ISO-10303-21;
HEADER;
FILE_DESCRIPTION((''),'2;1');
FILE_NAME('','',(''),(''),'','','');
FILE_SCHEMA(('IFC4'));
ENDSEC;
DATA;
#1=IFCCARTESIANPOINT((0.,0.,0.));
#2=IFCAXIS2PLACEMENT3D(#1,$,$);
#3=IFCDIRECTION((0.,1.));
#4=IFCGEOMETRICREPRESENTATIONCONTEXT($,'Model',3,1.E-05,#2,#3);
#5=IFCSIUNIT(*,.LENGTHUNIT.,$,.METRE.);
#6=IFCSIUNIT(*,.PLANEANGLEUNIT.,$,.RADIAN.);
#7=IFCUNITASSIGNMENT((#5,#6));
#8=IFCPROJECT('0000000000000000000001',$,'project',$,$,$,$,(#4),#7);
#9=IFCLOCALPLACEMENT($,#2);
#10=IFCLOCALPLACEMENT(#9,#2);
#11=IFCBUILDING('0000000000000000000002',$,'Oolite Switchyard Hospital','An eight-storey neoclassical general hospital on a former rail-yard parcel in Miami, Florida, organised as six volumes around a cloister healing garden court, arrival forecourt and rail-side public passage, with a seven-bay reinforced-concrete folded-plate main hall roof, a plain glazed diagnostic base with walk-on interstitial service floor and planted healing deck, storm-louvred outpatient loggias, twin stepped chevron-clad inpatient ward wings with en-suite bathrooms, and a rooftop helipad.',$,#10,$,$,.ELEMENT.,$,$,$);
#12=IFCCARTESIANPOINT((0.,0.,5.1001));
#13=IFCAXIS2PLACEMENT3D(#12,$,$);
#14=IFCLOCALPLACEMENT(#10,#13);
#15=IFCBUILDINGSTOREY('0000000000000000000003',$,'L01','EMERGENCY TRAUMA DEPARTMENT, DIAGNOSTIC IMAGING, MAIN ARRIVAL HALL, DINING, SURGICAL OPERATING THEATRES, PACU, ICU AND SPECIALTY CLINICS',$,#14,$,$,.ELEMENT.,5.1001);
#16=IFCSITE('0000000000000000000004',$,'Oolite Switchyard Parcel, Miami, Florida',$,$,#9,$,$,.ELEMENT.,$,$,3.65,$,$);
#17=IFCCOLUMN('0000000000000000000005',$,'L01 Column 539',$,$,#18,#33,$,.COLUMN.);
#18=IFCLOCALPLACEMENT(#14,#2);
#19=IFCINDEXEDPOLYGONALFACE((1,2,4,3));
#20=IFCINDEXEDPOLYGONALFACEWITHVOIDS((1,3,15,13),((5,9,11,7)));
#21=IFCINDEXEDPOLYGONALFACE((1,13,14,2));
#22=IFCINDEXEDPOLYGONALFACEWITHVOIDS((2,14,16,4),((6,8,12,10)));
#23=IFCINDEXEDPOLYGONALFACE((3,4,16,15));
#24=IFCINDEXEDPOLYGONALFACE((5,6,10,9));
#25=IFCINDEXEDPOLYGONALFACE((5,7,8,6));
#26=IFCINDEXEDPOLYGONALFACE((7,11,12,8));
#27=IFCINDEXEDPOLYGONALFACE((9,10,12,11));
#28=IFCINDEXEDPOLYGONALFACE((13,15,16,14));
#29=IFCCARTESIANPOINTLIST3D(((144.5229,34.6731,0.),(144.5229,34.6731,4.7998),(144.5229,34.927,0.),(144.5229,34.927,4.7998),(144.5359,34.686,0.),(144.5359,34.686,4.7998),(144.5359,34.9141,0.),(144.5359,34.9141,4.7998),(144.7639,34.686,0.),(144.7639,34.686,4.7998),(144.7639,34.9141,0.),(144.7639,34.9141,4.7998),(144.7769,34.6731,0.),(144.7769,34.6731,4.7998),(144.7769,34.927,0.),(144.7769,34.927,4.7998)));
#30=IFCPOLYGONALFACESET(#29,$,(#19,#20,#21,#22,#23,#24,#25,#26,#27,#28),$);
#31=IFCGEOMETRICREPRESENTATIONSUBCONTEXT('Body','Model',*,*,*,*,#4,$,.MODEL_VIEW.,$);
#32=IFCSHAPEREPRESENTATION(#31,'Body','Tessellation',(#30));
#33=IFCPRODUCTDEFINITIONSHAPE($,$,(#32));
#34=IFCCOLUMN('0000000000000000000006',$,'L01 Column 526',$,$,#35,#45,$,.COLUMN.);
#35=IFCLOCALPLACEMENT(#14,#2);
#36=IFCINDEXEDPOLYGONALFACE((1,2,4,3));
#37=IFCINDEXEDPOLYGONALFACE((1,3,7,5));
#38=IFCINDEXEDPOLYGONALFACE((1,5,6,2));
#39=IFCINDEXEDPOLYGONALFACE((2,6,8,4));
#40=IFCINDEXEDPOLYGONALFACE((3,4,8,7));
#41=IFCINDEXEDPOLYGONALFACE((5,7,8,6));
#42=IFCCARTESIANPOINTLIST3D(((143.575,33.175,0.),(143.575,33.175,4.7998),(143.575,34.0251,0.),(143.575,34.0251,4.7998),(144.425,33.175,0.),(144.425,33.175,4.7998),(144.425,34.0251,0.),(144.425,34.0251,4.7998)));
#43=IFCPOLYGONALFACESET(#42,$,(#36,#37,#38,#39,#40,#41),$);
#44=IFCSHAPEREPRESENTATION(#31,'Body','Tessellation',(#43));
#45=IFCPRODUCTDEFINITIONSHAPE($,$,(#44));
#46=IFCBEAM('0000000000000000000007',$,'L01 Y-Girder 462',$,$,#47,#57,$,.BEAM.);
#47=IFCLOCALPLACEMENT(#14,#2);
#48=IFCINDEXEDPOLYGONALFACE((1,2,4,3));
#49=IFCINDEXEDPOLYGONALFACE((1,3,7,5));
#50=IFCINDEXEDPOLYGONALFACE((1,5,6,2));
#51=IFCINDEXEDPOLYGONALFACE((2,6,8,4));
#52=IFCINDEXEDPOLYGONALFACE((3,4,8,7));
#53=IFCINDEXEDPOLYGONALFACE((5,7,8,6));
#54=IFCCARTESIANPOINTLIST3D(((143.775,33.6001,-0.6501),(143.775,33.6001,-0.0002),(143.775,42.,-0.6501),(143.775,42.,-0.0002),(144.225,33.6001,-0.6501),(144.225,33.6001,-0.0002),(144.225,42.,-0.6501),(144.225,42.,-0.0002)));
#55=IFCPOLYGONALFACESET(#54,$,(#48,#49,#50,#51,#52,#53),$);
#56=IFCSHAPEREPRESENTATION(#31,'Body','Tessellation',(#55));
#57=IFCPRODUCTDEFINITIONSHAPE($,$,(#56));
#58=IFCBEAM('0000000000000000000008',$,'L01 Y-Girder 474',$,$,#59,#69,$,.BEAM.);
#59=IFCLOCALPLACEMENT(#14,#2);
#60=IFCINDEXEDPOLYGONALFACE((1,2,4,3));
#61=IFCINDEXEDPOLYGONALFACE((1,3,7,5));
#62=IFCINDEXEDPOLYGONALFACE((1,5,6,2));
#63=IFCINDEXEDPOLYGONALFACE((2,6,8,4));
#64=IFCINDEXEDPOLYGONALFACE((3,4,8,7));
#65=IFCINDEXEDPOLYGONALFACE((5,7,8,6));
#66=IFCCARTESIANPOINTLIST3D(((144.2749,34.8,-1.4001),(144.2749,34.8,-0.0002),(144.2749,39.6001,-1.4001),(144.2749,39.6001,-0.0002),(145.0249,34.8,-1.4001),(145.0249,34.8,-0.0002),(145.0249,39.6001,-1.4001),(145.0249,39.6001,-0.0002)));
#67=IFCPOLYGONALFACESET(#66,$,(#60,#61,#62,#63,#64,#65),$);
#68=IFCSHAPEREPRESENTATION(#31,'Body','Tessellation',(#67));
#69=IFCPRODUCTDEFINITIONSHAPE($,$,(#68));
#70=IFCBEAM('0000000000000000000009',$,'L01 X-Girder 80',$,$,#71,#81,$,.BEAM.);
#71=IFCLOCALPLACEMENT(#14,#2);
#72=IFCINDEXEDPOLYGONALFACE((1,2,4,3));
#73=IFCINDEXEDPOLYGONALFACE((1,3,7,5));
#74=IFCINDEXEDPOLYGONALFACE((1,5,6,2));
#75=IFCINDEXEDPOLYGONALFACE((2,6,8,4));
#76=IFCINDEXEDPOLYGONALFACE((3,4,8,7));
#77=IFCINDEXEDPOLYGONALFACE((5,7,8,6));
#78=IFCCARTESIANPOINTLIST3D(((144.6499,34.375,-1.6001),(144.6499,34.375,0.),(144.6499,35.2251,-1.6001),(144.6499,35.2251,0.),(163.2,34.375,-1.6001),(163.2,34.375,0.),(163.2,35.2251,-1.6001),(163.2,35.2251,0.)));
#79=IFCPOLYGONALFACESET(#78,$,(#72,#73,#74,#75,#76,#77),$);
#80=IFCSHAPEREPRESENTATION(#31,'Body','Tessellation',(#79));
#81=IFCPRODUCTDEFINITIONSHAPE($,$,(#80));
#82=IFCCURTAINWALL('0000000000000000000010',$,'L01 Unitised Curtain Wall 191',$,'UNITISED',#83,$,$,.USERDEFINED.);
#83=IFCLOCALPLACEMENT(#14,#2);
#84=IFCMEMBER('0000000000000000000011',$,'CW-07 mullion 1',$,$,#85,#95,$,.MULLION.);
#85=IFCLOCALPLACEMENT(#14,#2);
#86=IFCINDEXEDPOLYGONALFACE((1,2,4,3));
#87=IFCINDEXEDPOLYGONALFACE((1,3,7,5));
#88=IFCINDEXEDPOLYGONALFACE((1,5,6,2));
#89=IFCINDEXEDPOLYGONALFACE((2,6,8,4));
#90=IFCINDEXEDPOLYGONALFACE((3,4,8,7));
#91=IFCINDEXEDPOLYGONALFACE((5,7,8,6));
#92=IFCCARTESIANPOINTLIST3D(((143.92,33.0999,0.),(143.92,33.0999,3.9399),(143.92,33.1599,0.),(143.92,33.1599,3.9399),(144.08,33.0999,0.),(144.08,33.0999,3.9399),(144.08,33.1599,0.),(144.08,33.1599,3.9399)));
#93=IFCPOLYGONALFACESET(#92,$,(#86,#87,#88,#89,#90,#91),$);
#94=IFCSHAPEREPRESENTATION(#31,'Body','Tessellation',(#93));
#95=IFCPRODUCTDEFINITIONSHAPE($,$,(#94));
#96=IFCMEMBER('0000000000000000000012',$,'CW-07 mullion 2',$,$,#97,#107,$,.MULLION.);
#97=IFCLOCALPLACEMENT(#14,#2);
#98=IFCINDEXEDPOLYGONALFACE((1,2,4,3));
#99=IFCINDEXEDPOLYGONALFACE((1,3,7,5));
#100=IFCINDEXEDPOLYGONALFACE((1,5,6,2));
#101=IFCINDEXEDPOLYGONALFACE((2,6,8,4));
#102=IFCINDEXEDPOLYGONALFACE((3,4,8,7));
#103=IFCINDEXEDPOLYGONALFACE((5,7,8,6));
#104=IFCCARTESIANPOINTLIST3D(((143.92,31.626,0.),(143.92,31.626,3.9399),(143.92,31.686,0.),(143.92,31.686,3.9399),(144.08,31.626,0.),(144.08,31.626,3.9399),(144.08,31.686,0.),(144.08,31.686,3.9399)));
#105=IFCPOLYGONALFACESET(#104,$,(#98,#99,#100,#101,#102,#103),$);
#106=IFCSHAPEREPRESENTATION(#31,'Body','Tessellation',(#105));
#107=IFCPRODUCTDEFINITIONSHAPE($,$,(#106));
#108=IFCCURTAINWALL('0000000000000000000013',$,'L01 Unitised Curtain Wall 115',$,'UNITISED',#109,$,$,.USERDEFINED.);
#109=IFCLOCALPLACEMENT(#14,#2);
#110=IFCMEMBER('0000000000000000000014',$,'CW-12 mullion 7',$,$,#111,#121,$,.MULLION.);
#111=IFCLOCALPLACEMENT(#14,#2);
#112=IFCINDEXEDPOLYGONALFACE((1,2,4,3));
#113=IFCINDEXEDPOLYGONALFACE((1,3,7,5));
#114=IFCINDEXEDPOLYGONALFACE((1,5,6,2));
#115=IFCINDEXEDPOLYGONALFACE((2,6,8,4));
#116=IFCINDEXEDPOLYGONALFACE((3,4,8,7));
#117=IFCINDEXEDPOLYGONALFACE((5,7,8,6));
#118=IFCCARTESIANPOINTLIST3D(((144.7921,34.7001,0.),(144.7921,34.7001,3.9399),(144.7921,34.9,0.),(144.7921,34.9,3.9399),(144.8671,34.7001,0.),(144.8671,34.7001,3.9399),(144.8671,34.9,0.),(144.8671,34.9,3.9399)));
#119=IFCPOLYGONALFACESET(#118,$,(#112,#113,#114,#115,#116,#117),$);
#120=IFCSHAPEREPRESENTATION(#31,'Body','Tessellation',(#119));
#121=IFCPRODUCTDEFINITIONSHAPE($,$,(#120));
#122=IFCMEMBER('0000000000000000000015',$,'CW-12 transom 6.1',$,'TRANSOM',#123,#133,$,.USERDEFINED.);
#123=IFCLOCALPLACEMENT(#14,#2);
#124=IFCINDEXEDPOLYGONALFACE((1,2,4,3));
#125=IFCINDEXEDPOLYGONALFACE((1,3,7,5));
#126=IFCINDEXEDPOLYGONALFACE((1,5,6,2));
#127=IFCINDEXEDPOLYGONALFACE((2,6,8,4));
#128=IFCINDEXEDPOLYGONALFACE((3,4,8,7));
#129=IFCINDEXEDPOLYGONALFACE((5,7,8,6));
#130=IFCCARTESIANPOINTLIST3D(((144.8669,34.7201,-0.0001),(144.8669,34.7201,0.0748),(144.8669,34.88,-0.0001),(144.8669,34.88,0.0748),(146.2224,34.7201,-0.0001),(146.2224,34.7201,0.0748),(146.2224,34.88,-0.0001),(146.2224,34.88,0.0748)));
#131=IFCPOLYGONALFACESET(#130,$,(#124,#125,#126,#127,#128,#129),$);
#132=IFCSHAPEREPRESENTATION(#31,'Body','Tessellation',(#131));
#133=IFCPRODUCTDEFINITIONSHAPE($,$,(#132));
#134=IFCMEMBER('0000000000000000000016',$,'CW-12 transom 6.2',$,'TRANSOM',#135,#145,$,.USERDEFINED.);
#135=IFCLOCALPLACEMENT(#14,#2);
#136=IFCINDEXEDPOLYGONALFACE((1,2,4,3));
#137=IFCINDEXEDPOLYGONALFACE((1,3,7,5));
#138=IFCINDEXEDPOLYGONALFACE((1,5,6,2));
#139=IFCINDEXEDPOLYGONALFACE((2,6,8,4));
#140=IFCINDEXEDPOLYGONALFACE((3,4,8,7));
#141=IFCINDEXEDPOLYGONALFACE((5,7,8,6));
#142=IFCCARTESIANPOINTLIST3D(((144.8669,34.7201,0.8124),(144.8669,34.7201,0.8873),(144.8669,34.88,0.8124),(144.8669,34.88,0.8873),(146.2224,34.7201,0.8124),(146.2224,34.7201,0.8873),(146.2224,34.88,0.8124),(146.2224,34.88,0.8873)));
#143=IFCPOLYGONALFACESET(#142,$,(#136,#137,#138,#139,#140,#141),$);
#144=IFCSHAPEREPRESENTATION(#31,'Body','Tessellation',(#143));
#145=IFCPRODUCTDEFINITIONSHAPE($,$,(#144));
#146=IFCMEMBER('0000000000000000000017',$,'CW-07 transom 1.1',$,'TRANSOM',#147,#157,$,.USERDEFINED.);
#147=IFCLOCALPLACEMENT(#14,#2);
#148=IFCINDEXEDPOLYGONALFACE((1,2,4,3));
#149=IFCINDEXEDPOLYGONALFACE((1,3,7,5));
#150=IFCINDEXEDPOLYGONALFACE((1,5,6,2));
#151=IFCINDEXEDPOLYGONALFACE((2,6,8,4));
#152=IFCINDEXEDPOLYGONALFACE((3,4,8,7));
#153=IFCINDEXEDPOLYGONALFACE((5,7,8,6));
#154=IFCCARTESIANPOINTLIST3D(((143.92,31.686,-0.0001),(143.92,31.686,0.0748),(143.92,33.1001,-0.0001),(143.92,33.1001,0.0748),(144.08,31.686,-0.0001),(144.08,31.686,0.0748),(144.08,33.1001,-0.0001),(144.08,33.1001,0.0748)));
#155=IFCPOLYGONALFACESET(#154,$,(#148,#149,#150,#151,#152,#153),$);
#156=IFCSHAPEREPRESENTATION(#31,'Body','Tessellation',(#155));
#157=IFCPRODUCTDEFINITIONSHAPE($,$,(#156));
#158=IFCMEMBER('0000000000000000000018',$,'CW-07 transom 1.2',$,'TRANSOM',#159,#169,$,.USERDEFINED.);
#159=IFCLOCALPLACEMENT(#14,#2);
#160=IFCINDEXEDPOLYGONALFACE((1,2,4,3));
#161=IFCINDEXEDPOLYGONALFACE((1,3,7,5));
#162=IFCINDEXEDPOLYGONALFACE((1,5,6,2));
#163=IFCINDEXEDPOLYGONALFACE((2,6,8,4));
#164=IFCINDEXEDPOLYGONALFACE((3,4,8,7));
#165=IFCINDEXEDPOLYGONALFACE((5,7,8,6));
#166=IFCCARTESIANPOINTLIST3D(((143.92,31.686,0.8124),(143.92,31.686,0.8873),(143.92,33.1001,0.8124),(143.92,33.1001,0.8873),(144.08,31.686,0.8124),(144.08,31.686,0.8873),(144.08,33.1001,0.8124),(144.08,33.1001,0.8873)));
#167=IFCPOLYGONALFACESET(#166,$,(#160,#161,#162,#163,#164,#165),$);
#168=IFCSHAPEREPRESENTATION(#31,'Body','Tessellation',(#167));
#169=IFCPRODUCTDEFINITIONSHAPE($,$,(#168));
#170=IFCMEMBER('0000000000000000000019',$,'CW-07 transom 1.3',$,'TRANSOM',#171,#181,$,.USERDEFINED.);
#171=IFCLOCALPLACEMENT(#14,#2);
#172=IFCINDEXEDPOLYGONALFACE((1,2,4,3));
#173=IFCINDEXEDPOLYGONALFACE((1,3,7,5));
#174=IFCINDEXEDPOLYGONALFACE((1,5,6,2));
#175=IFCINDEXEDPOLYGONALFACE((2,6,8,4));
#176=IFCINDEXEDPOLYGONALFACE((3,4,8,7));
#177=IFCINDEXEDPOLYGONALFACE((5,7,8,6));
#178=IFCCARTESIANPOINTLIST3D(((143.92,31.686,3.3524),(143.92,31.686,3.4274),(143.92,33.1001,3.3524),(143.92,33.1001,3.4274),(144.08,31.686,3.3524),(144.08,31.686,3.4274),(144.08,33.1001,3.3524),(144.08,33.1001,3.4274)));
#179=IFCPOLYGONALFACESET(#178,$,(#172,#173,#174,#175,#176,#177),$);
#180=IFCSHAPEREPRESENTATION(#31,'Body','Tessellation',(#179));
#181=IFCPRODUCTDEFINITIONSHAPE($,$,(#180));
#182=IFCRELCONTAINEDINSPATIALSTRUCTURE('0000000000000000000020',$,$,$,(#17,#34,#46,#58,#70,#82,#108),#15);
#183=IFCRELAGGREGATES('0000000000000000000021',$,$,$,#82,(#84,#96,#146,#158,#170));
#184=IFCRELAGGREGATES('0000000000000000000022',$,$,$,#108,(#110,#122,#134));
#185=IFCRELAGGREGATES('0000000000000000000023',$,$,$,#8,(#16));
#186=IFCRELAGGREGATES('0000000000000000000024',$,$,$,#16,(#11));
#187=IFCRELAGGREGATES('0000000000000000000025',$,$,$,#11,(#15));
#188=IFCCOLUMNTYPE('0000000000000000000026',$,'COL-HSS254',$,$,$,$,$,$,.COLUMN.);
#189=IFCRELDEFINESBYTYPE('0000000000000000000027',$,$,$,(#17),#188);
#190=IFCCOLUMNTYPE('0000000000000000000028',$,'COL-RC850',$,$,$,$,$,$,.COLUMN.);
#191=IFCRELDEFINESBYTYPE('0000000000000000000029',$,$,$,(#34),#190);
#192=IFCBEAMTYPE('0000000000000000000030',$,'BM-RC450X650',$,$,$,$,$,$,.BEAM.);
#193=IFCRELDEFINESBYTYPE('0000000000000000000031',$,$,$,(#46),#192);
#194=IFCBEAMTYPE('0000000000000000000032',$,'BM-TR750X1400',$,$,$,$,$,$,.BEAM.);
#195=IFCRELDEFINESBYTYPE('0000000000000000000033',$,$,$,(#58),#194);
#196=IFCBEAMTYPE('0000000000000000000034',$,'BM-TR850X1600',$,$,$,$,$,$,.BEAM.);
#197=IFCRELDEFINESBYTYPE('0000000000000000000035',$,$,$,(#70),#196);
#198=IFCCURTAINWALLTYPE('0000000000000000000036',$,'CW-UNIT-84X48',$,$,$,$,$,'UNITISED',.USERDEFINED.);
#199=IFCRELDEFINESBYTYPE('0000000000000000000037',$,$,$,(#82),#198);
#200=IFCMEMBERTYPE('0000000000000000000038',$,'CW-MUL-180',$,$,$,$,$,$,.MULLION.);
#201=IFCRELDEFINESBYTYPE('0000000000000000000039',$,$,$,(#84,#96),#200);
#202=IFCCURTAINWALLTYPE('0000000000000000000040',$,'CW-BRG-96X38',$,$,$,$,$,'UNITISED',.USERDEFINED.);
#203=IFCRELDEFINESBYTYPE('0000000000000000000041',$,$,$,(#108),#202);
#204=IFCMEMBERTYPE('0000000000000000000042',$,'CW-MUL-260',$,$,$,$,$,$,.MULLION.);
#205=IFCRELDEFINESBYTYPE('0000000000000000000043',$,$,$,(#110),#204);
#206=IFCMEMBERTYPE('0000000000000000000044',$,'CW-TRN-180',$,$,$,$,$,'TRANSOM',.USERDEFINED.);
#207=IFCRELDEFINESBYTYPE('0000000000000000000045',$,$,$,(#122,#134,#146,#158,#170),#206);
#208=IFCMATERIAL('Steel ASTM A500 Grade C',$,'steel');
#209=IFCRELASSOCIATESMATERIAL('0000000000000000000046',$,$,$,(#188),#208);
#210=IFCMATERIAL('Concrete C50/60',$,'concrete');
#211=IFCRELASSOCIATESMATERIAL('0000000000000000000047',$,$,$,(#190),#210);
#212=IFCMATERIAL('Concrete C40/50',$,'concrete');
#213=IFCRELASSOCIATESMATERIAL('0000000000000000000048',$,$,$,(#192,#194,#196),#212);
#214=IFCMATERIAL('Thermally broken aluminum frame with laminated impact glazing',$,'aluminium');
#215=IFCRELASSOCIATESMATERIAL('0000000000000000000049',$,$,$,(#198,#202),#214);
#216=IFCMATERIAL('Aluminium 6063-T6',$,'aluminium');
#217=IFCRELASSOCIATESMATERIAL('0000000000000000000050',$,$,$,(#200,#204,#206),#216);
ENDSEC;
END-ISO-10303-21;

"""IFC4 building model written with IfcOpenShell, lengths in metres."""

from ifc_helpers import new_model, si_unit, direction, frame, origin, origin_2d, place, context, subcontext, project, spatial, rectangle, hollow_rectangle, extrude, material, material_profile, profile_set, type_object, element, aggregate, save


model = new_model("IFC4")

# Units and contexts
model_context = context("Model", 3, precision=1e-05, world=origin(), true_north=direction((0.0, 1.0)))
body_context = subcontext(model_context, "Body", "Model", "MODEL_VIEW")
ifc_project = project(units=[si_unit("LENGTHUNIT", "METRE"), si_unit("PLANEANGLEUNIT", "RADIAN")], contexts=[model_context])

# Site, building, storey
site_placement = place(None, origin())
site = spatial("IfcSite", under=ifc_project, at=site_placement, Name="Oolite Switchyard Parcel, Miami, Florida", CompositionType="ELEMENT", RefElevation=3.65)
building_placement = place(site_placement, origin())
building = spatial("IfcBuilding", under=site, at=building_placement, Name="Oolite Switchyard Hospital", Description="An eight-storey neoclassical general hospital on a former rail-yard parcel in Miami, Florida, organised as six volumes around a cloister healing garden court, arrival forecourt and rail-side public passage, with a seven-bay reinforced-concrete folded-plate main hall roof, a plain glazed diagnostic base with walk-on interstitial service floor and planted healing deck, storm-louvred outpatient loggias, twin stepped chevron-clad inpatient ward wings with en-suite bathrooms, and a rooftop helipad.", CompositionType="ELEMENT")
storey_placement = place(building_placement, frame((0.0, 0.0, 5.1001)))
storey = spatial("IfcBuildingStorey", under=building, at=storey_placement, Name="L01", Description="EMERGENCY TRAUMA DEPARTMENT, DIAGNOSTIC IMAGING, MAIN ARRIVAL HALL, DINING, SURGICAL OPERATING THEATRES, PACU, ICU AND SPECIALTY CLINICS", CompositionType="ELEMENT", Elevation=5.1001)

# Columns
ifc_material_1 = material(Name="Steel ASTM A500 Grade C", Category="steel")
ifc_material_profile_1 = material_profile(ifc_material_1, hollow_rectangle(XDim=0.2539, YDim=0.2539, WallThickness=0.0129, at=origin_2d()), Name="HSS254X254X13")
ifc_profile_set_1 = profile_set([ifc_material_profile_1], Name="Steel ASTM A500 Grade C")
column_type_1 = type_object("IfcColumnType", Name="COL-HSS254", PredefinedType="COLUMN", material=ifc_profile_set_1)
column_1_placement = place(storey_placement, frame((144.6499, 34.8, 0.0), z_axis=(0.0, 0.0, 1.0), x_axis=(1.0, 0.0, 0.0)))
element("IfcColumn", 1, at=column_1_placement, inside=storey, type_object=column_type_1, Name="L01 Column 539", PredefinedType="COLUMN", context=body_context, shape_type="SweptSolid", body=[
    extrude(hollow_rectangle(XDim=0.2539, YDim=0.2539, WallThickness=0.0129, at=origin_2d()), origin(), (0.0, 0.0, 1.0), 4.7998),
])
ifc_material_2 = material(Name="Concrete C50/60", Category="concrete")
ifc_material_profile_2 = material_profile(ifc_material_2, rectangle(XDim=0.8501, YDim=0.8501, at=origin_2d()), Name="RC850X850")
ifc_profile_set_2 = profile_set([ifc_material_profile_2], Name="Concrete C50/60")
column_type_2 = type_object("IfcColumnType", Name="COL-RC850", PredefinedType="COLUMN", material=ifc_profile_set_2)
column_2_placement = place(storey_placement, frame((144.0, 33.6001, 0.0), z_axis=(0.0, 0.0, 1.0), x_axis=(1.0, 0.0, 0.0)))
element("IfcColumn", 2, at=column_2_placement, inside=storey, type_object=column_type_2, Name="L01 Column 526", PredefinedType="COLUMN", context=body_context, shape_type="SweptSolid", body=[
    extrude(rectangle(XDim=0.8501, YDim=0.8501, at=origin_2d()), origin(), (0.0, 0.0, 1.0), 4.7998),
])

# Beams
ifc_material_3 = material(Name="Concrete C40/50", Category="concrete")
ifc_material_profile_3 = material_profile(ifc_material_3, rectangle(XDim=0.45, YDim=0.6499, at=origin_2d()), Name="RCB450X650")
ifc_profile_set_3 = profile_set([ifc_material_profile_3], Name="Concrete C40/50")
beam_type_1 = type_object("IfcBeamType", Name="BM-RC450X650", PredefinedType="BEAM", material=ifc_profile_set_3)
beam_1_placement = place(storey_placement, frame((144.0, 33.6001, -0.3252), z_axis=(0.0, 1.0, 0.0), x_axis=(-1.0, 0.0, 0.0)))
element("IfcBeam", 3, at=beam_1_placement, inside=storey, type_object=beam_type_1, Name="L01 Y-Girder 462", PredefinedType="BEAM", context=body_context, shape_type="SweptSolid", body=[
    extrude(rectangle(XDim=0.45, YDim=0.6499, at=origin_2d()), origin(), (0.0, 0.0, 1.0), 8.3999),
])
ifc_material_profile_4 = material_profile(ifc_material_3, rectangle(XDim=0.75, YDim=1.3999, at=origin_2d()), Name="RCT750X1400")
ifc_profile_set_4 = profile_set([ifc_material_profile_4], Name="Concrete C40/50")
beam_type_2 = type_object("IfcBeamType", Name="BM-TR750X1400", PredefinedType="BEAM", material=ifc_profile_set_4)
beam_2_placement = place(storey_placement, frame((144.6499, 34.8, -0.7002), z_axis=(0.0, 1.0, 0.0), x_axis=(-1.0, 0.0, 0.0)))
element("IfcBeam", 4, at=beam_2_placement, inside=storey, type_object=beam_type_2, Name="L01 Y-Girder 474", PredefinedType="BEAM", context=body_context, shape_type="SweptSolid", body=[
    extrude(rectangle(XDim=0.75, YDim=1.3999, at=origin_2d()), origin(), (0.0, 0.0, 1.0), 4.8),
])
ifc_material_profile_5 = material_profile(ifc_material_3, rectangle(XDim=0.8501, YDim=1.6001, at=origin_2d()), Name="RCT850X1600")
ifc_profile_set_5 = profile_set([ifc_material_profile_5], Name="Concrete C40/50")
beam_type_3 = type_object("IfcBeamType", Name="BM-TR850X1600", PredefinedType="BEAM", material=ifc_profile_set_5)
beam_3_placement = place(storey_placement, frame((144.6499, 34.8, -0.8), z_axis=(1.0, 0.0, 0.0), x_axis=(0.0, 1.0, 0.0)))
element("IfcBeam", 5, at=beam_3_placement, inside=storey, type_object=beam_type_3, Name="L01 X-Girder 80", PredefinedType="BEAM", context=body_context, shape_type="SweptSolid", body=[
    extrude(rectangle(XDim=0.8501, YDim=1.6001, at=origin_2d()), origin(), (0.0, 0.0, 1.0), 18.55),
])

# Curtain walls, members
ifc_material_4 = material(Name="Thermally broken aluminum frame with laminated impact glazing", Category="aluminium")
curtain_wall_type_1 = type_object("IfcCurtainWallType", Name="CW-UNIT-84X48", ElementType="UNITISED", PredefinedType="USERDEFINED", material=ifc_material_4)
curtain_wall_1_placement = place(storey_placement, origin())
curtain_wall_1 = element("IfcCurtainWall", 6, at=curtain_wall_1_placement, inside=storey, type_object=curtain_wall_type_1, Name="L01 Unitised Curtain Wall 191", ObjectType="UNITISED", PredefinedType="USERDEFINED")
ifc_material_5 = material(Name="Aluminium 6063-T6", Category="aluminium")
ifc_material_profile_6 = material_profile(ifc_material_5, rectangle(XDim=0.1599, YDim=0.0601, at=origin_2d()), Name="CWM60X160")
ifc_profile_set_6 = profile_set([ifc_material_profile_6], Name="Aluminium 6063-T6")
member_type_1 = type_object("IfcMemberType", Name="CW-MUL-180", PredefinedType="MULLION", material=ifc_profile_set_6)
member_1_placement = place(storey_placement, frame((144.0, 33.1299, 0.0), z_axis=(0.0, 0.0, 1.0), x_axis=(1.0, 0.0, 0.0)))
member_1 = element("IfcMember", 7, at=member_1_placement, type_object=member_type_1, Name="CW-07 mullion 1", PredefinedType="MULLION", context=body_context, shape_type="SweptSolid", body=[
    extrude(rectangle(XDim=0.1599, YDim=0.0601, at=origin_2d()), origin(), (0.0, 0.0, 1.0), 3.9399),
])
member_2_placement = place(storey_placement, frame((144.0, 31.656, 0.0), z_axis=(0.0, 0.0, 1.0), x_axis=(1.0, 0.0, 0.0)))
member_2 = element("IfcMember", 8, at=member_2_placement, type_object=member_type_1, Name="CW-07 mullion 2", PredefinedType="MULLION", context=body_context, shape_type="SweptSolid", body=[
    extrude(rectangle(XDim=0.1599, YDim=0.0601, at=origin_2d()), origin(), (0.0, 0.0, 1.0), 3.9399),
])
curtain_wall_type_2 = type_object("IfcCurtainWallType", Name="CW-BRG-96X38", ElementType="UNITISED", PredefinedType="USERDEFINED", material=ifc_material_4)
curtain_wall_2_placement = place(storey_placement, origin())
curtain_wall_2 = element("IfcCurtainWall", 9, at=curtain_wall_2_placement, inside=storey, type_object=curtain_wall_type_2, Name="L01 Unitised Curtain Wall 115", ObjectType="UNITISED", PredefinedType="USERDEFINED")
ifc_material_profile_7 = material_profile(ifc_material_5, rectangle(XDim=0.2, YDim=0.075, at=origin_2d()), Name="CWM75X200")
ifc_profile_set_7 = profile_set([ifc_material_profile_7], Name="Aluminium 6063-T6")
member_type_2 = type_object("IfcMemberType", Name="CW-MUL-260", PredefinedType="MULLION", material=ifc_profile_set_7)
member_3_placement = place(storey_placement, frame((144.8296, 34.8, 0.0), z_axis=(0.0, 0.0, 1.0), x_axis=(0.0, -1.0, 0.0)))
member_3 = element("IfcMember", 10, at=member_3_placement, type_object=member_type_2, Name="CW-12 mullion 7", PredefinedType="MULLION", context=body_context, shape_type="SweptSolid", body=[
    extrude(rectangle(XDim=0.2, YDim=0.075, at=origin_2d()), origin(), (0.0, 0.0, 1.0), 3.9399),
])
ifc_material_profile_8 = material_profile(ifc_material_5, rectangle(XDim=0.1599, YDim=0.075, at=origin_2d()), Name="CWT75X160")
ifc_profile_set_8 = profile_set([ifc_material_profile_8], Name="Aluminium 6063-T6")
member_type_3 = type_object("IfcMemberType", Name="CW-TRN-180", ElementType="TRANSOM", PredefinedType="USERDEFINED", material=ifc_profile_set_8)
member_4_placement = place(storey_placement, frame((146.2224, 34.8, 0.0374), z_axis=(-1.0, 0.0, 0.0), x_axis=(0.0, -1.0, 0.0)))
member_4 = element("IfcMember", 11, at=member_4_placement, type_object=member_type_3, Name="CW-12 transom 6.1", ObjectType="TRANSOM", PredefinedType="USERDEFINED", context=body_context, shape_type="SweptSolid", body=[
    extrude(rectangle(XDim=0.1599, YDim=0.075, at=origin_2d()), origin(), (0.0, 0.0, 1.0), 1.3555),
])
member_5_placement = place(storey_placement, frame((146.2224, 34.8, 0.8499), z_axis=(-1.0, 0.0, 0.0), x_axis=(0.0, -1.0, 0.0)))
member_5 = element("IfcMember", 12, at=member_5_placement, type_object=member_type_3, Name="CW-12 transom 6.2", ObjectType="TRANSOM", PredefinedType="USERDEFINED", context=body_context, shape_type="SweptSolid", body=[
    extrude(rectangle(XDim=0.1599, YDim=0.075, at=origin_2d()), origin(), (0.0, 0.0, 1.0), 1.3555),
])

# Members
member_6_placement = place(storey_placement, frame((144.0, 33.1001, 0.0374), z_axis=(0.0, -1.0, 0.0), x_axis=(1.0, 0.0, 0.0)))
member_6 = element("IfcMember", 13, at=member_6_placement, type_object=member_type_3, Name="CW-07 transom 1.1", ObjectType="TRANSOM", PredefinedType="USERDEFINED", context=body_context, shape_type="SweptSolid", body=[
    extrude(rectangle(XDim=0.1599, YDim=0.075, at=origin_2d()), origin(), (0.0, 0.0, 1.0), 1.4141),
])
member_7_placement = place(storey_placement, frame((144.0, 33.1001, 0.8499), z_axis=(0.0, -1.0, 0.0), x_axis=(1.0, 0.0, 0.0)))
member_7 = element("IfcMember", 14, at=member_7_placement, type_object=member_type_3, Name="CW-07 transom 1.2", ObjectType="TRANSOM", PredefinedType="USERDEFINED", context=body_context, shape_type="SweptSolid", body=[
    extrude(rectangle(XDim=0.1599, YDim=0.075, at=origin_2d()), origin(), (0.0, 0.0, 1.0), 1.4141),
])
member_8_placement = place(storey_placement, frame((144.0, 33.1001, 3.3899), z_axis=(0.0, -1.0, 0.0), x_axis=(1.0, 0.0, 0.0)))
member_8 = element("IfcMember", 15, at=member_8_placement, type_object=member_type_3, Name="CW-07 transom 1.3", ObjectType="TRANSOM", PredefinedType="USERDEFINED", context=body_context, shape_type="SweptSolid", body=[
    extrude(rectangle(XDim=0.1599, YDim=0.075, at=origin_2d()), origin(), (0.0, 0.0, 1.0), 1.4141),
])

aggregate(curtain_wall_1, [member_1, member_2, member_6, member_7, member_8])
aggregate(curtain_wall_2, [member_3, member_4, member_5])

save(model, "model.ifc")
